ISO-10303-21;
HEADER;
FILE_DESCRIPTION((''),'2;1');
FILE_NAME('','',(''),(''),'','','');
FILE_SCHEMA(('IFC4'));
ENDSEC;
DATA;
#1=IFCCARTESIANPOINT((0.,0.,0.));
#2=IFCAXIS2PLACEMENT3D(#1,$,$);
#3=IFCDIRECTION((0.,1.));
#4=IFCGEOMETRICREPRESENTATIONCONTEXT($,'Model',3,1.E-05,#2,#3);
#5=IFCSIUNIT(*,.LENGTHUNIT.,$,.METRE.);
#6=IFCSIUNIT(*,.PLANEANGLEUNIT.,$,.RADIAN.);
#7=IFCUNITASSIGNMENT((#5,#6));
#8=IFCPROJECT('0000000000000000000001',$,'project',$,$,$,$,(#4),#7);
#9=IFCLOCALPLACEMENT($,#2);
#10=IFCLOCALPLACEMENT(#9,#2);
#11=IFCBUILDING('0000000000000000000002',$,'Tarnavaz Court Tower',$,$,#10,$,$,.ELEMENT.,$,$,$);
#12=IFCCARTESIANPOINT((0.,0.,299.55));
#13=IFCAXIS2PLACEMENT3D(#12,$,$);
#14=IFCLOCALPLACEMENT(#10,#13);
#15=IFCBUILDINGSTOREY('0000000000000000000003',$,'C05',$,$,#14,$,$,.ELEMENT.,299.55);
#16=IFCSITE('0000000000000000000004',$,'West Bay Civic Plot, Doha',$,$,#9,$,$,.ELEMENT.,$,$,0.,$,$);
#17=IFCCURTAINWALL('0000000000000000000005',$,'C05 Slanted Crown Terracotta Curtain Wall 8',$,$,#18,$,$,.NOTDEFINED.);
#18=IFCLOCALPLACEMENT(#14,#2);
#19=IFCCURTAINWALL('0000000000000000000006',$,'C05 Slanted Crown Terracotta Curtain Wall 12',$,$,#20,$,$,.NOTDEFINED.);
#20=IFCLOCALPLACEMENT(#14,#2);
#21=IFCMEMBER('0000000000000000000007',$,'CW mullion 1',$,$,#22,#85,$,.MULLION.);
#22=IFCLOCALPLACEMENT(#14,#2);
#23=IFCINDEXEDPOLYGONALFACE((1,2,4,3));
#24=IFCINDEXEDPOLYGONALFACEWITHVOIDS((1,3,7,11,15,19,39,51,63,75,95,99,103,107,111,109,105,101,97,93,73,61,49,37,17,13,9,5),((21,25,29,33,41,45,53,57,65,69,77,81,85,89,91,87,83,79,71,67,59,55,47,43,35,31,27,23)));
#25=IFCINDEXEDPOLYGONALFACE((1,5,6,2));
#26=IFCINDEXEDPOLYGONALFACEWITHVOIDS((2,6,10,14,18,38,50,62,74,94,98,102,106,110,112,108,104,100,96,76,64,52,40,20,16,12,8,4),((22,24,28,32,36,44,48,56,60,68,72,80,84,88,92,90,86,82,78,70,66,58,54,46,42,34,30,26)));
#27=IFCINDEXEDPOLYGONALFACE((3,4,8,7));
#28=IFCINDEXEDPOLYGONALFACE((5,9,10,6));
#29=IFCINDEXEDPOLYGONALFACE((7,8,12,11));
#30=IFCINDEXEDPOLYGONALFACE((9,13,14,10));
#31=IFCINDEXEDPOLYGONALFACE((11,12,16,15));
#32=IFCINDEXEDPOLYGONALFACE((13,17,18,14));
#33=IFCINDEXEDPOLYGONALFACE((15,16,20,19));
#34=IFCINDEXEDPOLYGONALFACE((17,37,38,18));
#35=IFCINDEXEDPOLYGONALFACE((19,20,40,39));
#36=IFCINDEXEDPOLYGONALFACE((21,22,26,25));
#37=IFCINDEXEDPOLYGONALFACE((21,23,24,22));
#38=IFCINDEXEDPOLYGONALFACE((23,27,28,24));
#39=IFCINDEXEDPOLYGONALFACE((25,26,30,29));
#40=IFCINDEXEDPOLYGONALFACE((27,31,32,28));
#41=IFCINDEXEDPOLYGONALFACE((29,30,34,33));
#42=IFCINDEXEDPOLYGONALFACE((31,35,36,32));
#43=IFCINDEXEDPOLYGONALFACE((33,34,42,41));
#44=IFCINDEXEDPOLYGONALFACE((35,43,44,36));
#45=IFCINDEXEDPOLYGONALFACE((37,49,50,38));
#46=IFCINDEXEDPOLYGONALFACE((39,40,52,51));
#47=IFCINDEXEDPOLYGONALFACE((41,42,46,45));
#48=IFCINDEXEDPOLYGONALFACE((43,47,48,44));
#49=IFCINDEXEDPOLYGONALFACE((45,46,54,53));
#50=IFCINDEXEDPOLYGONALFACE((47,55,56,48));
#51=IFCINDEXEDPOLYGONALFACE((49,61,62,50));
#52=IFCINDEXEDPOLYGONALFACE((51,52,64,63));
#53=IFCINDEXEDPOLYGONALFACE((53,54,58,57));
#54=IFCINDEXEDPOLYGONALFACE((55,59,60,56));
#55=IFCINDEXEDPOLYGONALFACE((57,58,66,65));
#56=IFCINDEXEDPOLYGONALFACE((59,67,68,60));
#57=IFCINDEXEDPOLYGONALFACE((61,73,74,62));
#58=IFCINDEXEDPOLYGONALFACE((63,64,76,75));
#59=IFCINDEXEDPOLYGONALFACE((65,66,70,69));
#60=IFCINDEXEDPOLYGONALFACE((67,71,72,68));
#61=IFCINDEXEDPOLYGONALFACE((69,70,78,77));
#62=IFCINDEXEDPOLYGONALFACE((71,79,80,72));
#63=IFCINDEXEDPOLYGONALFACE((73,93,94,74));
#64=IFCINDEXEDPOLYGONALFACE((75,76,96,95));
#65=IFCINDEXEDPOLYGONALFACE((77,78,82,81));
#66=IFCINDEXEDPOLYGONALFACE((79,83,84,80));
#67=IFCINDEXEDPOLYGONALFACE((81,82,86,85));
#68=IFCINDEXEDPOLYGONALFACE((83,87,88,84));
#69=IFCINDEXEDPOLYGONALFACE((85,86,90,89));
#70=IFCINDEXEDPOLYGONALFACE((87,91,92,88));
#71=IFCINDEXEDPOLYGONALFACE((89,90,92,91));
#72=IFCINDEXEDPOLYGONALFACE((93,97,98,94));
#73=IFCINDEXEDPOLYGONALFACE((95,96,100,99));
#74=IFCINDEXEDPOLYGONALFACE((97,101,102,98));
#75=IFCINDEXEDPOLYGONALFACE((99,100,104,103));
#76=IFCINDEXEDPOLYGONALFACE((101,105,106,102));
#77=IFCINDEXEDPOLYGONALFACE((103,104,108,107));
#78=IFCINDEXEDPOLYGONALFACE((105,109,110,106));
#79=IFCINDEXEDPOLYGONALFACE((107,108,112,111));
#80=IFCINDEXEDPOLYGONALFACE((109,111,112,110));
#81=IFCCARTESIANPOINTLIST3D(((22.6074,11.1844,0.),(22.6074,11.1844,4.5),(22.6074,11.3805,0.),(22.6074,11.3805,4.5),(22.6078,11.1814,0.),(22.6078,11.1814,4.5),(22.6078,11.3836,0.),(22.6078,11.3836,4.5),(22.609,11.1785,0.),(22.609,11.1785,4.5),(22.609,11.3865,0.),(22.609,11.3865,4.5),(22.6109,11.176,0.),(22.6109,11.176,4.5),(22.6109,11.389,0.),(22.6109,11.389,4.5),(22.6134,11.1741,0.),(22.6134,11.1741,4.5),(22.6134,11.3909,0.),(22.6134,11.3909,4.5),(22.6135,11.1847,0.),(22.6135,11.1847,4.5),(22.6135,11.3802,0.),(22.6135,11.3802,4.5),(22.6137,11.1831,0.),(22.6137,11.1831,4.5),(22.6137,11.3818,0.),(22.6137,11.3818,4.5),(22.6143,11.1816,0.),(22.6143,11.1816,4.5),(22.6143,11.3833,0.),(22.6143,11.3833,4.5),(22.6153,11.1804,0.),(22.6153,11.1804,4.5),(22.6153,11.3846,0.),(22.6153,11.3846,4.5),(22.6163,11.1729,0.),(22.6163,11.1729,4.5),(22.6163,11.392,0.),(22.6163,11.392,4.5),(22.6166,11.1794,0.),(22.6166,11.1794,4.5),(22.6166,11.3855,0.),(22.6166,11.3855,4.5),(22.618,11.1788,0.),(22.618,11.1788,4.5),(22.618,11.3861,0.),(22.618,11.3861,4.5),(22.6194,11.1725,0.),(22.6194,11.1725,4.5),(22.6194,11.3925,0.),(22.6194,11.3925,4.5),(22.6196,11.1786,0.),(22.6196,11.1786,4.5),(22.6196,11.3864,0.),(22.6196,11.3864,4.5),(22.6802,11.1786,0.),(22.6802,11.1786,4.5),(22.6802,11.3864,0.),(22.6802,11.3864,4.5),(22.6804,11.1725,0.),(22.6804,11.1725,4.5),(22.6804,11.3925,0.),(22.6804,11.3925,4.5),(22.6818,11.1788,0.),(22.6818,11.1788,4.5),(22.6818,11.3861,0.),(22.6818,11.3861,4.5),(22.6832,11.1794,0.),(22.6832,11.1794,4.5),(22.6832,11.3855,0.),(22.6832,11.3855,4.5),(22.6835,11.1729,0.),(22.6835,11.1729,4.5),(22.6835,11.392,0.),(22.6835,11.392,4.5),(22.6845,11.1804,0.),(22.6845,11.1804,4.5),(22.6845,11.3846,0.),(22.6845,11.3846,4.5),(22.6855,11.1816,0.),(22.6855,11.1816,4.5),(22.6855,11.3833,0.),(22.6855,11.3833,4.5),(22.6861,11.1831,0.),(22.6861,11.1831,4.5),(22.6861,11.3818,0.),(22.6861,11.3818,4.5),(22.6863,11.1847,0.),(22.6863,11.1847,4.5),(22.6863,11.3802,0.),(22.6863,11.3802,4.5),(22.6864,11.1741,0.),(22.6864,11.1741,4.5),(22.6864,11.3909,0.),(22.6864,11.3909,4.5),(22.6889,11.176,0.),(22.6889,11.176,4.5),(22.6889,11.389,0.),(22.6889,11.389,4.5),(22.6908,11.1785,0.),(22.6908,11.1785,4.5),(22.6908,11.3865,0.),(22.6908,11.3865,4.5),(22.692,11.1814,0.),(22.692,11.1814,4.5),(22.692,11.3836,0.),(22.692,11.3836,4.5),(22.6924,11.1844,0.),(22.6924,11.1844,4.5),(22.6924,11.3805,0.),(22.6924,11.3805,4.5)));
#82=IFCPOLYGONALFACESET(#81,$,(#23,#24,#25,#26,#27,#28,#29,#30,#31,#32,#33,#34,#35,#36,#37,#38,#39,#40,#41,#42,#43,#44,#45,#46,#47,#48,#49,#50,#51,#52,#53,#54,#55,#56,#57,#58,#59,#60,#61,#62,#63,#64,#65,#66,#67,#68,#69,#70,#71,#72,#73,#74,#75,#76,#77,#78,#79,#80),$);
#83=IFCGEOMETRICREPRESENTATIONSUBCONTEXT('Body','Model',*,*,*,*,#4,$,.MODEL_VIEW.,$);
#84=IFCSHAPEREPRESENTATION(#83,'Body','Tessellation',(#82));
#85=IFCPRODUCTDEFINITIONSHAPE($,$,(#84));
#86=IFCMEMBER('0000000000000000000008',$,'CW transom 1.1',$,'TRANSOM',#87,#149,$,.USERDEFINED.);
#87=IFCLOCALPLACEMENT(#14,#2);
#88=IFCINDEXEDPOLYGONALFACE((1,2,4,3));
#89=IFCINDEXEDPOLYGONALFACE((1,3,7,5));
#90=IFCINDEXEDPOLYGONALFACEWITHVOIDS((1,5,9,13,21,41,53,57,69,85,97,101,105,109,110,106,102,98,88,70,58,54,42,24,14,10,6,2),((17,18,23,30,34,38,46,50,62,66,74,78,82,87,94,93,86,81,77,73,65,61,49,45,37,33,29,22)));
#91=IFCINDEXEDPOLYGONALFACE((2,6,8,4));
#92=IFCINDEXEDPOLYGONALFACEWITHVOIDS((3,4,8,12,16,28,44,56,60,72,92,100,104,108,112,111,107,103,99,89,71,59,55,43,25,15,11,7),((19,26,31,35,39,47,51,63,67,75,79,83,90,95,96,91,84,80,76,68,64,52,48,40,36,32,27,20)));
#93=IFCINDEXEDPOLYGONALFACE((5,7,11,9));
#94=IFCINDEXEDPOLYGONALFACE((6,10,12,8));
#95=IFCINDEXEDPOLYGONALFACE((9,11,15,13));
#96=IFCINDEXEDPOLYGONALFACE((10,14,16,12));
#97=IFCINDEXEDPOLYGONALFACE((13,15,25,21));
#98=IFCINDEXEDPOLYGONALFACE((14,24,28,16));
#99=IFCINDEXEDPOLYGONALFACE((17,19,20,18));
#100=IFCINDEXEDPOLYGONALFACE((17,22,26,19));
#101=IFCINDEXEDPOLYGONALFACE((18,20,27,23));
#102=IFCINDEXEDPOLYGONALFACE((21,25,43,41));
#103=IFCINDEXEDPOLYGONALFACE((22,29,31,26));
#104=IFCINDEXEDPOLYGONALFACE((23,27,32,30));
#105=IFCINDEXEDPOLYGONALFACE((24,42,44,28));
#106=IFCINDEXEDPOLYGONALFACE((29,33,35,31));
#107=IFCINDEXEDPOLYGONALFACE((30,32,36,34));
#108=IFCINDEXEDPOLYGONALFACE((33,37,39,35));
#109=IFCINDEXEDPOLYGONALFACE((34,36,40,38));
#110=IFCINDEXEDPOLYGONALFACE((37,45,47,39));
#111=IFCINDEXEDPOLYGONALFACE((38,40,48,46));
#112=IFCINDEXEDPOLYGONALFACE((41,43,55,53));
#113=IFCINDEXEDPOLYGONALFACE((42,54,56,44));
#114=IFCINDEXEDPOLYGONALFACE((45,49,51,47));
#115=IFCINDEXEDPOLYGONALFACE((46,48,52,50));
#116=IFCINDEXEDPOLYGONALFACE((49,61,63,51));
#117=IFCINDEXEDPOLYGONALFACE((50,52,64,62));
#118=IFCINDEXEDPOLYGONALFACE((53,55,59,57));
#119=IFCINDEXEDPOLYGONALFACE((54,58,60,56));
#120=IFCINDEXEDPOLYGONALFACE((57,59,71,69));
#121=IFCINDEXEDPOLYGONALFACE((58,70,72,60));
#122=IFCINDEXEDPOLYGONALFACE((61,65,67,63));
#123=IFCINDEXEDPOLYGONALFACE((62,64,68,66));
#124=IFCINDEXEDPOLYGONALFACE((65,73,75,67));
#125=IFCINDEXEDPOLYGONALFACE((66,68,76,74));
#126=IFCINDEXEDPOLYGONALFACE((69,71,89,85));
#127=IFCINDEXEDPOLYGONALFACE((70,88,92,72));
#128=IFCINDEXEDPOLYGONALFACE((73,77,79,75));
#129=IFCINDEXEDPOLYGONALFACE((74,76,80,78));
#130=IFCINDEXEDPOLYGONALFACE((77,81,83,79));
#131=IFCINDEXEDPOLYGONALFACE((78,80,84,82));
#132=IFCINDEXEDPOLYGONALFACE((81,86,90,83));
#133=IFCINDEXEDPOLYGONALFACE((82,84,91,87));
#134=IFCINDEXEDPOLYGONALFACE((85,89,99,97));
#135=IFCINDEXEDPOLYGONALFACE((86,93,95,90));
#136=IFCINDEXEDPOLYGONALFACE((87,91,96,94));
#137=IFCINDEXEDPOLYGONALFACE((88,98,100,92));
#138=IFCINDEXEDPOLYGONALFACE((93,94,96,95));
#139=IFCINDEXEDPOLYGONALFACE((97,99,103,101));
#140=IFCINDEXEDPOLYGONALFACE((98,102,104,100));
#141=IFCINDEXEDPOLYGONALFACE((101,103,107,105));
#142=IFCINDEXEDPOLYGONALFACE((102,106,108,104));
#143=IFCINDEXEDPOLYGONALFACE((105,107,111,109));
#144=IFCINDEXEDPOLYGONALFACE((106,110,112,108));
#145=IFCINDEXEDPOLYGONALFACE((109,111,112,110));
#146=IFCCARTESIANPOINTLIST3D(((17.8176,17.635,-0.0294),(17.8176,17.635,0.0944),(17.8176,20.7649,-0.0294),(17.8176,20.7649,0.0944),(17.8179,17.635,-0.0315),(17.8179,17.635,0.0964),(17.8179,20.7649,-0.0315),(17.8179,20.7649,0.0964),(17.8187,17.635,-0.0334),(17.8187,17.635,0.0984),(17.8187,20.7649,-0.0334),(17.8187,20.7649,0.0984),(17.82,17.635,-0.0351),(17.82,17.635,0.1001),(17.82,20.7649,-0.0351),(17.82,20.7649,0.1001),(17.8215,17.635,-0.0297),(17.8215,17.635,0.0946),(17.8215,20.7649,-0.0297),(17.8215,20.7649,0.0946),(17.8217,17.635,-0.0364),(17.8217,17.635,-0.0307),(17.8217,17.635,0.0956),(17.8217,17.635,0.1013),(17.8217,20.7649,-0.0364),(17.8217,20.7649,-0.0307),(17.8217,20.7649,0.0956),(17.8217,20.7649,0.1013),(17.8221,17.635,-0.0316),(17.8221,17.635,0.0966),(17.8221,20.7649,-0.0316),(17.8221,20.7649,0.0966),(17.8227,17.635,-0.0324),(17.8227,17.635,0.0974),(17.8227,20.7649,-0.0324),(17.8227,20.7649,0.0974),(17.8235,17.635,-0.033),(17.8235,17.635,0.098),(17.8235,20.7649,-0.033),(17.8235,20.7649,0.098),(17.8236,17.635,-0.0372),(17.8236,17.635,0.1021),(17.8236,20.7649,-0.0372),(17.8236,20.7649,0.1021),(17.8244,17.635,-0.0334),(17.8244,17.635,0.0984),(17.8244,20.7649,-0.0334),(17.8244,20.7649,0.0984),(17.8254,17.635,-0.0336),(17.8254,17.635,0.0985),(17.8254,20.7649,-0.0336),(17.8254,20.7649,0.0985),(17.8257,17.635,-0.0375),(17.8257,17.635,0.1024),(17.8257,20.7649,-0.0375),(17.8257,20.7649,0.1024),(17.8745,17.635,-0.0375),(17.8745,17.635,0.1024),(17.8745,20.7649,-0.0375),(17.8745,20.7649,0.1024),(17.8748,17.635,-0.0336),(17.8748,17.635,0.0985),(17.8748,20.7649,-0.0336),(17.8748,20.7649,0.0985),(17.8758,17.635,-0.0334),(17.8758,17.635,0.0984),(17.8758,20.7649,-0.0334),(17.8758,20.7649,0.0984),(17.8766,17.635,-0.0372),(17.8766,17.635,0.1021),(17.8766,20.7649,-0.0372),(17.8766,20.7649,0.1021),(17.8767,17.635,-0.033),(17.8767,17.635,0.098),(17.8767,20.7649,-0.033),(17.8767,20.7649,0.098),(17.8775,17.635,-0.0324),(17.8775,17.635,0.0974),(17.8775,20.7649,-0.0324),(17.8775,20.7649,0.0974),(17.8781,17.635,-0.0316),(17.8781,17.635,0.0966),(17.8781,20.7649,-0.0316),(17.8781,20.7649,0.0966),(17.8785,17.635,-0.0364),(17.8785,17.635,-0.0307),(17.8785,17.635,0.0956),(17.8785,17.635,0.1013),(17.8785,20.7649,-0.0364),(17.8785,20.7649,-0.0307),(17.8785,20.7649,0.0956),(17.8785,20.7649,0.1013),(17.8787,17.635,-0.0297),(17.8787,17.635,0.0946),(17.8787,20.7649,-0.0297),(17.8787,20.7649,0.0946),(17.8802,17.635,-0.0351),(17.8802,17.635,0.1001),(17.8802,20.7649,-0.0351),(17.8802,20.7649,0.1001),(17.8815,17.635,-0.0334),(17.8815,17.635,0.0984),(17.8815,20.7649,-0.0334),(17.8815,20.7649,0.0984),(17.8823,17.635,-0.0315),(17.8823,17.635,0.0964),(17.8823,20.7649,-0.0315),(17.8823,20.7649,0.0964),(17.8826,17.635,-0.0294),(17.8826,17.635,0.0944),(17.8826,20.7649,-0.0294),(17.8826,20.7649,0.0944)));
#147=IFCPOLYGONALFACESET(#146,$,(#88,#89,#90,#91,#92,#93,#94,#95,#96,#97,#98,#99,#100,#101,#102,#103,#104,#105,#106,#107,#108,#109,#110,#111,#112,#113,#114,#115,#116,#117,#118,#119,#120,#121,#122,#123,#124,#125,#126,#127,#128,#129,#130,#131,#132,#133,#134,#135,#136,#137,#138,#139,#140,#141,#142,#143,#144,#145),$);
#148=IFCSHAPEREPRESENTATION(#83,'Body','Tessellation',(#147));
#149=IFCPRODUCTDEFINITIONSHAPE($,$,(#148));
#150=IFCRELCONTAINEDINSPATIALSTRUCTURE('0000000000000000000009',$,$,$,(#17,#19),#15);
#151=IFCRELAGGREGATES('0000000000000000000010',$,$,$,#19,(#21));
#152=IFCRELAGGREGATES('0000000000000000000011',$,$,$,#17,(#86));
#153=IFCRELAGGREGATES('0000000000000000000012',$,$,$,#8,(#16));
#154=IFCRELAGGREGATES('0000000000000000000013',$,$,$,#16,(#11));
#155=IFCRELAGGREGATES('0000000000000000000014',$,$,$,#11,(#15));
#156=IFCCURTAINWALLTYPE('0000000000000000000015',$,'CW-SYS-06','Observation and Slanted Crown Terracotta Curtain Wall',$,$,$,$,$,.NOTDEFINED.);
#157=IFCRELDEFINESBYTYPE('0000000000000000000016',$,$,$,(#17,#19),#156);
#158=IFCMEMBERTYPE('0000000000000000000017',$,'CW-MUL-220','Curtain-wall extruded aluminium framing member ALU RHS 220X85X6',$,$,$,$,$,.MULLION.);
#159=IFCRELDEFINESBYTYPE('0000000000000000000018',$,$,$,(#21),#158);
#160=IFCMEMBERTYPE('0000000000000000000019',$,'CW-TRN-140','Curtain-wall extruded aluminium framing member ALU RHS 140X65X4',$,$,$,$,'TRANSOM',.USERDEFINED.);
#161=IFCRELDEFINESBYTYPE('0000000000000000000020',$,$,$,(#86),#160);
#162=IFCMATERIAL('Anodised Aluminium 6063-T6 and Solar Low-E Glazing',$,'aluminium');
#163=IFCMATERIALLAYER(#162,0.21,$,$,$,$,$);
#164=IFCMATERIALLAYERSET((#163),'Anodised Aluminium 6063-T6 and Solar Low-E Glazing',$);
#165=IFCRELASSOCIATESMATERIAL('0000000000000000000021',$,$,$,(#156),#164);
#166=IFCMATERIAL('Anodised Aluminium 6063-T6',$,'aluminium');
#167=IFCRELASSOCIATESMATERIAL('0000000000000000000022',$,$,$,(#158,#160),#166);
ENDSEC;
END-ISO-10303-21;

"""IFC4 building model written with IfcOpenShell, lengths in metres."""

from ifc_helpers import new_model, si_unit, direction, frame, origin, origin_2d, place, context, subcontext, project, spatial, hollow_rectangle, extrude, material, layer, layer_set, material_profile, profile_set, type_object, element, aggregate, save


model = new_model("IFC4")

# Units and contexts
model_context = context("Model", 3, precision=1e-05, world=origin(), true_north=direction((0.0, 1.0)))
body_context = subcontext(model_context, "Body", "Model", "MODEL_VIEW")
ifc_project = project(units=[si_unit("LENGTHUNIT", "METRE"), si_unit("PLANEANGLEUNIT", "RADIAN")], contexts=[model_context])

# Site, building, storey
site_placement = place(None, origin())
site = spatial("IfcSite", under=ifc_project, at=site_placement, Name="West Bay Civic Plot, Doha", CompositionType="ELEMENT", RefElevation=0.0)
building_placement = place(site_placement, origin())
building = spatial("IfcBuilding", under=site, at=building_placement, Name="Tarnavaz Court Tower", CompositionType="ELEMENT")
storey_placement = place(building_placement, frame((0.0, 0.0, 299.55)))
storey = spatial("IfcBuildingStorey", under=building, at=storey_placement, Name="C05", CompositionType="ELEMENT", Elevation=299.55)

# Curtain wall
ifc_material_1 = material(Name="Anodised Aluminium 6063-T6 and Solar Low-E Glazing", Category="aluminium")
ifc_layer_1 = layer(ifc_material_1, 0.21)
ifc_layer_set_1 = layer_set([ifc_layer_1], Name="Anodised Aluminium 6063-T6 and Solar Low-E Glazing")
curtain_wall_type = type_object("IfcCurtainWallType", Name="CW-SYS-06", Description="Observation and Slanted Crown Terracotta Curtain Wall", PredefinedType="NOTDEFINED", material=ifc_layer_set_1)
curtain_wall_1_placement = place(storey_placement, origin())
curtain_wall_1 = element("IfcCurtainWall", 1, at=curtain_wall_1_placement, inside=storey, type_object=curtain_wall_type, Name="C05 Slanted Crown Terracotta Curtain Wall 8", PredefinedType="NOTDEFINED")
ifc_material_2 = material(Name="Anodised Aluminium 6063-T6", Category="aluminium")
ifc_material_profile_1 = material_profile(ifc_material_2, hollow_rectangle(XDim=0.085, YDim=0.22, WallThickness=0.0061, InnerFilletRadius=0.0061, OuterFilletRadius=0.012, at=origin_2d()), Name="ALU RHS 220X85X6")
ifc_profile_set_1 = profile_set([ifc_material_profile_1], Name="Anodised Aluminium 6063-T6")
member_type_1 = type_object("IfcMemberType", Name="CW-MUL-220", Description="Curtain-wall extruded aluminium framing member ALU RHS 220X85X6", PredefinedType="MULLION", material=ifc_profile_set_1)

# Curtain wall, member
curtain_wall_2_placement = place(storey_placement, origin())
curtain_wall_2 = element("IfcCurtainWall", 2, at=curtain_wall_2_placement, inside=storey, type_object=curtain_wall_type, Name="C05 Slanted Crown Terracotta Curtain Wall 12", PredefinedType="NOTDEFINED")
member_1_placement = place(storey_placement, frame((22.6499, 11.2825, 0.0), z_axis=(0.0, 0.0, 1.0), x_axis=(1.0, 0.0, 0.0)))
member_1 = element("IfcMember", 3, at=member_1_placement, type_object=member_type_1, Name="CW mullion 1", PredefinedType="MULLION", context=body_context, shape_type="SweptSolid", body=[
    extrude(hollow_rectangle(XDim=0.085, YDim=0.22, WallThickness=0.0061, InnerFilletRadius=0.0061, OuterFilletRadius=0.012, at=origin_2d()), origin(), (0.0, 0.0, 1.0), 4.5),
])
aggregate(curtain_wall_2, [member_1])

# Member
ifc_material_profile_2 = material_profile(ifc_material_2, hollow_rectangle(XDim=0.0649, YDim=0.1399, WallThickness=0.0039, InnerFilletRadius=0.0039, OuterFilletRadius=0.0081, at=origin_2d()), Name="ALU RHS 140X65X4")
ifc_profile_set_2 = profile_set([ifc_material_profile_2], Name="Anodised Aluminium 6063-T6")
member_type_2 = type_object("IfcMemberType", Name="CW-TRN-140", Description="Curtain-wall extruded aluminium framing member ALU RHS 140X65X4", ElementType="TRANSOM", PredefinedType="USERDEFINED", material=ifc_profile_set_2)
member_2_placement = place(storey_placement, frame((17.8501, 20.7649, 0.0325), z_axis=(0.0, -1.0, 0.0), x_axis=(1.0, 0.0, 0.0)))
member_2 = element("IfcMember", 4, at=member_2_placement, type_object=member_type_2, Name="CW transom 1.1", ObjectType="TRANSOM", PredefinedType="USERDEFINED", context=body_context, shape_type="SweptSolid", body=[
    extrude(hollow_rectangle(XDim=0.0649, YDim=0.1399, WallThickness=0.0039, InnerFilletRadius=0.0039, OuterFilletRadius=0.0081, at=origin_2d()), origin(), (0.0, 0.0, 1.0), 3.1299),
])

aggregate(curtain_wall_1, [member_2])

save(model, "model.ifc")
